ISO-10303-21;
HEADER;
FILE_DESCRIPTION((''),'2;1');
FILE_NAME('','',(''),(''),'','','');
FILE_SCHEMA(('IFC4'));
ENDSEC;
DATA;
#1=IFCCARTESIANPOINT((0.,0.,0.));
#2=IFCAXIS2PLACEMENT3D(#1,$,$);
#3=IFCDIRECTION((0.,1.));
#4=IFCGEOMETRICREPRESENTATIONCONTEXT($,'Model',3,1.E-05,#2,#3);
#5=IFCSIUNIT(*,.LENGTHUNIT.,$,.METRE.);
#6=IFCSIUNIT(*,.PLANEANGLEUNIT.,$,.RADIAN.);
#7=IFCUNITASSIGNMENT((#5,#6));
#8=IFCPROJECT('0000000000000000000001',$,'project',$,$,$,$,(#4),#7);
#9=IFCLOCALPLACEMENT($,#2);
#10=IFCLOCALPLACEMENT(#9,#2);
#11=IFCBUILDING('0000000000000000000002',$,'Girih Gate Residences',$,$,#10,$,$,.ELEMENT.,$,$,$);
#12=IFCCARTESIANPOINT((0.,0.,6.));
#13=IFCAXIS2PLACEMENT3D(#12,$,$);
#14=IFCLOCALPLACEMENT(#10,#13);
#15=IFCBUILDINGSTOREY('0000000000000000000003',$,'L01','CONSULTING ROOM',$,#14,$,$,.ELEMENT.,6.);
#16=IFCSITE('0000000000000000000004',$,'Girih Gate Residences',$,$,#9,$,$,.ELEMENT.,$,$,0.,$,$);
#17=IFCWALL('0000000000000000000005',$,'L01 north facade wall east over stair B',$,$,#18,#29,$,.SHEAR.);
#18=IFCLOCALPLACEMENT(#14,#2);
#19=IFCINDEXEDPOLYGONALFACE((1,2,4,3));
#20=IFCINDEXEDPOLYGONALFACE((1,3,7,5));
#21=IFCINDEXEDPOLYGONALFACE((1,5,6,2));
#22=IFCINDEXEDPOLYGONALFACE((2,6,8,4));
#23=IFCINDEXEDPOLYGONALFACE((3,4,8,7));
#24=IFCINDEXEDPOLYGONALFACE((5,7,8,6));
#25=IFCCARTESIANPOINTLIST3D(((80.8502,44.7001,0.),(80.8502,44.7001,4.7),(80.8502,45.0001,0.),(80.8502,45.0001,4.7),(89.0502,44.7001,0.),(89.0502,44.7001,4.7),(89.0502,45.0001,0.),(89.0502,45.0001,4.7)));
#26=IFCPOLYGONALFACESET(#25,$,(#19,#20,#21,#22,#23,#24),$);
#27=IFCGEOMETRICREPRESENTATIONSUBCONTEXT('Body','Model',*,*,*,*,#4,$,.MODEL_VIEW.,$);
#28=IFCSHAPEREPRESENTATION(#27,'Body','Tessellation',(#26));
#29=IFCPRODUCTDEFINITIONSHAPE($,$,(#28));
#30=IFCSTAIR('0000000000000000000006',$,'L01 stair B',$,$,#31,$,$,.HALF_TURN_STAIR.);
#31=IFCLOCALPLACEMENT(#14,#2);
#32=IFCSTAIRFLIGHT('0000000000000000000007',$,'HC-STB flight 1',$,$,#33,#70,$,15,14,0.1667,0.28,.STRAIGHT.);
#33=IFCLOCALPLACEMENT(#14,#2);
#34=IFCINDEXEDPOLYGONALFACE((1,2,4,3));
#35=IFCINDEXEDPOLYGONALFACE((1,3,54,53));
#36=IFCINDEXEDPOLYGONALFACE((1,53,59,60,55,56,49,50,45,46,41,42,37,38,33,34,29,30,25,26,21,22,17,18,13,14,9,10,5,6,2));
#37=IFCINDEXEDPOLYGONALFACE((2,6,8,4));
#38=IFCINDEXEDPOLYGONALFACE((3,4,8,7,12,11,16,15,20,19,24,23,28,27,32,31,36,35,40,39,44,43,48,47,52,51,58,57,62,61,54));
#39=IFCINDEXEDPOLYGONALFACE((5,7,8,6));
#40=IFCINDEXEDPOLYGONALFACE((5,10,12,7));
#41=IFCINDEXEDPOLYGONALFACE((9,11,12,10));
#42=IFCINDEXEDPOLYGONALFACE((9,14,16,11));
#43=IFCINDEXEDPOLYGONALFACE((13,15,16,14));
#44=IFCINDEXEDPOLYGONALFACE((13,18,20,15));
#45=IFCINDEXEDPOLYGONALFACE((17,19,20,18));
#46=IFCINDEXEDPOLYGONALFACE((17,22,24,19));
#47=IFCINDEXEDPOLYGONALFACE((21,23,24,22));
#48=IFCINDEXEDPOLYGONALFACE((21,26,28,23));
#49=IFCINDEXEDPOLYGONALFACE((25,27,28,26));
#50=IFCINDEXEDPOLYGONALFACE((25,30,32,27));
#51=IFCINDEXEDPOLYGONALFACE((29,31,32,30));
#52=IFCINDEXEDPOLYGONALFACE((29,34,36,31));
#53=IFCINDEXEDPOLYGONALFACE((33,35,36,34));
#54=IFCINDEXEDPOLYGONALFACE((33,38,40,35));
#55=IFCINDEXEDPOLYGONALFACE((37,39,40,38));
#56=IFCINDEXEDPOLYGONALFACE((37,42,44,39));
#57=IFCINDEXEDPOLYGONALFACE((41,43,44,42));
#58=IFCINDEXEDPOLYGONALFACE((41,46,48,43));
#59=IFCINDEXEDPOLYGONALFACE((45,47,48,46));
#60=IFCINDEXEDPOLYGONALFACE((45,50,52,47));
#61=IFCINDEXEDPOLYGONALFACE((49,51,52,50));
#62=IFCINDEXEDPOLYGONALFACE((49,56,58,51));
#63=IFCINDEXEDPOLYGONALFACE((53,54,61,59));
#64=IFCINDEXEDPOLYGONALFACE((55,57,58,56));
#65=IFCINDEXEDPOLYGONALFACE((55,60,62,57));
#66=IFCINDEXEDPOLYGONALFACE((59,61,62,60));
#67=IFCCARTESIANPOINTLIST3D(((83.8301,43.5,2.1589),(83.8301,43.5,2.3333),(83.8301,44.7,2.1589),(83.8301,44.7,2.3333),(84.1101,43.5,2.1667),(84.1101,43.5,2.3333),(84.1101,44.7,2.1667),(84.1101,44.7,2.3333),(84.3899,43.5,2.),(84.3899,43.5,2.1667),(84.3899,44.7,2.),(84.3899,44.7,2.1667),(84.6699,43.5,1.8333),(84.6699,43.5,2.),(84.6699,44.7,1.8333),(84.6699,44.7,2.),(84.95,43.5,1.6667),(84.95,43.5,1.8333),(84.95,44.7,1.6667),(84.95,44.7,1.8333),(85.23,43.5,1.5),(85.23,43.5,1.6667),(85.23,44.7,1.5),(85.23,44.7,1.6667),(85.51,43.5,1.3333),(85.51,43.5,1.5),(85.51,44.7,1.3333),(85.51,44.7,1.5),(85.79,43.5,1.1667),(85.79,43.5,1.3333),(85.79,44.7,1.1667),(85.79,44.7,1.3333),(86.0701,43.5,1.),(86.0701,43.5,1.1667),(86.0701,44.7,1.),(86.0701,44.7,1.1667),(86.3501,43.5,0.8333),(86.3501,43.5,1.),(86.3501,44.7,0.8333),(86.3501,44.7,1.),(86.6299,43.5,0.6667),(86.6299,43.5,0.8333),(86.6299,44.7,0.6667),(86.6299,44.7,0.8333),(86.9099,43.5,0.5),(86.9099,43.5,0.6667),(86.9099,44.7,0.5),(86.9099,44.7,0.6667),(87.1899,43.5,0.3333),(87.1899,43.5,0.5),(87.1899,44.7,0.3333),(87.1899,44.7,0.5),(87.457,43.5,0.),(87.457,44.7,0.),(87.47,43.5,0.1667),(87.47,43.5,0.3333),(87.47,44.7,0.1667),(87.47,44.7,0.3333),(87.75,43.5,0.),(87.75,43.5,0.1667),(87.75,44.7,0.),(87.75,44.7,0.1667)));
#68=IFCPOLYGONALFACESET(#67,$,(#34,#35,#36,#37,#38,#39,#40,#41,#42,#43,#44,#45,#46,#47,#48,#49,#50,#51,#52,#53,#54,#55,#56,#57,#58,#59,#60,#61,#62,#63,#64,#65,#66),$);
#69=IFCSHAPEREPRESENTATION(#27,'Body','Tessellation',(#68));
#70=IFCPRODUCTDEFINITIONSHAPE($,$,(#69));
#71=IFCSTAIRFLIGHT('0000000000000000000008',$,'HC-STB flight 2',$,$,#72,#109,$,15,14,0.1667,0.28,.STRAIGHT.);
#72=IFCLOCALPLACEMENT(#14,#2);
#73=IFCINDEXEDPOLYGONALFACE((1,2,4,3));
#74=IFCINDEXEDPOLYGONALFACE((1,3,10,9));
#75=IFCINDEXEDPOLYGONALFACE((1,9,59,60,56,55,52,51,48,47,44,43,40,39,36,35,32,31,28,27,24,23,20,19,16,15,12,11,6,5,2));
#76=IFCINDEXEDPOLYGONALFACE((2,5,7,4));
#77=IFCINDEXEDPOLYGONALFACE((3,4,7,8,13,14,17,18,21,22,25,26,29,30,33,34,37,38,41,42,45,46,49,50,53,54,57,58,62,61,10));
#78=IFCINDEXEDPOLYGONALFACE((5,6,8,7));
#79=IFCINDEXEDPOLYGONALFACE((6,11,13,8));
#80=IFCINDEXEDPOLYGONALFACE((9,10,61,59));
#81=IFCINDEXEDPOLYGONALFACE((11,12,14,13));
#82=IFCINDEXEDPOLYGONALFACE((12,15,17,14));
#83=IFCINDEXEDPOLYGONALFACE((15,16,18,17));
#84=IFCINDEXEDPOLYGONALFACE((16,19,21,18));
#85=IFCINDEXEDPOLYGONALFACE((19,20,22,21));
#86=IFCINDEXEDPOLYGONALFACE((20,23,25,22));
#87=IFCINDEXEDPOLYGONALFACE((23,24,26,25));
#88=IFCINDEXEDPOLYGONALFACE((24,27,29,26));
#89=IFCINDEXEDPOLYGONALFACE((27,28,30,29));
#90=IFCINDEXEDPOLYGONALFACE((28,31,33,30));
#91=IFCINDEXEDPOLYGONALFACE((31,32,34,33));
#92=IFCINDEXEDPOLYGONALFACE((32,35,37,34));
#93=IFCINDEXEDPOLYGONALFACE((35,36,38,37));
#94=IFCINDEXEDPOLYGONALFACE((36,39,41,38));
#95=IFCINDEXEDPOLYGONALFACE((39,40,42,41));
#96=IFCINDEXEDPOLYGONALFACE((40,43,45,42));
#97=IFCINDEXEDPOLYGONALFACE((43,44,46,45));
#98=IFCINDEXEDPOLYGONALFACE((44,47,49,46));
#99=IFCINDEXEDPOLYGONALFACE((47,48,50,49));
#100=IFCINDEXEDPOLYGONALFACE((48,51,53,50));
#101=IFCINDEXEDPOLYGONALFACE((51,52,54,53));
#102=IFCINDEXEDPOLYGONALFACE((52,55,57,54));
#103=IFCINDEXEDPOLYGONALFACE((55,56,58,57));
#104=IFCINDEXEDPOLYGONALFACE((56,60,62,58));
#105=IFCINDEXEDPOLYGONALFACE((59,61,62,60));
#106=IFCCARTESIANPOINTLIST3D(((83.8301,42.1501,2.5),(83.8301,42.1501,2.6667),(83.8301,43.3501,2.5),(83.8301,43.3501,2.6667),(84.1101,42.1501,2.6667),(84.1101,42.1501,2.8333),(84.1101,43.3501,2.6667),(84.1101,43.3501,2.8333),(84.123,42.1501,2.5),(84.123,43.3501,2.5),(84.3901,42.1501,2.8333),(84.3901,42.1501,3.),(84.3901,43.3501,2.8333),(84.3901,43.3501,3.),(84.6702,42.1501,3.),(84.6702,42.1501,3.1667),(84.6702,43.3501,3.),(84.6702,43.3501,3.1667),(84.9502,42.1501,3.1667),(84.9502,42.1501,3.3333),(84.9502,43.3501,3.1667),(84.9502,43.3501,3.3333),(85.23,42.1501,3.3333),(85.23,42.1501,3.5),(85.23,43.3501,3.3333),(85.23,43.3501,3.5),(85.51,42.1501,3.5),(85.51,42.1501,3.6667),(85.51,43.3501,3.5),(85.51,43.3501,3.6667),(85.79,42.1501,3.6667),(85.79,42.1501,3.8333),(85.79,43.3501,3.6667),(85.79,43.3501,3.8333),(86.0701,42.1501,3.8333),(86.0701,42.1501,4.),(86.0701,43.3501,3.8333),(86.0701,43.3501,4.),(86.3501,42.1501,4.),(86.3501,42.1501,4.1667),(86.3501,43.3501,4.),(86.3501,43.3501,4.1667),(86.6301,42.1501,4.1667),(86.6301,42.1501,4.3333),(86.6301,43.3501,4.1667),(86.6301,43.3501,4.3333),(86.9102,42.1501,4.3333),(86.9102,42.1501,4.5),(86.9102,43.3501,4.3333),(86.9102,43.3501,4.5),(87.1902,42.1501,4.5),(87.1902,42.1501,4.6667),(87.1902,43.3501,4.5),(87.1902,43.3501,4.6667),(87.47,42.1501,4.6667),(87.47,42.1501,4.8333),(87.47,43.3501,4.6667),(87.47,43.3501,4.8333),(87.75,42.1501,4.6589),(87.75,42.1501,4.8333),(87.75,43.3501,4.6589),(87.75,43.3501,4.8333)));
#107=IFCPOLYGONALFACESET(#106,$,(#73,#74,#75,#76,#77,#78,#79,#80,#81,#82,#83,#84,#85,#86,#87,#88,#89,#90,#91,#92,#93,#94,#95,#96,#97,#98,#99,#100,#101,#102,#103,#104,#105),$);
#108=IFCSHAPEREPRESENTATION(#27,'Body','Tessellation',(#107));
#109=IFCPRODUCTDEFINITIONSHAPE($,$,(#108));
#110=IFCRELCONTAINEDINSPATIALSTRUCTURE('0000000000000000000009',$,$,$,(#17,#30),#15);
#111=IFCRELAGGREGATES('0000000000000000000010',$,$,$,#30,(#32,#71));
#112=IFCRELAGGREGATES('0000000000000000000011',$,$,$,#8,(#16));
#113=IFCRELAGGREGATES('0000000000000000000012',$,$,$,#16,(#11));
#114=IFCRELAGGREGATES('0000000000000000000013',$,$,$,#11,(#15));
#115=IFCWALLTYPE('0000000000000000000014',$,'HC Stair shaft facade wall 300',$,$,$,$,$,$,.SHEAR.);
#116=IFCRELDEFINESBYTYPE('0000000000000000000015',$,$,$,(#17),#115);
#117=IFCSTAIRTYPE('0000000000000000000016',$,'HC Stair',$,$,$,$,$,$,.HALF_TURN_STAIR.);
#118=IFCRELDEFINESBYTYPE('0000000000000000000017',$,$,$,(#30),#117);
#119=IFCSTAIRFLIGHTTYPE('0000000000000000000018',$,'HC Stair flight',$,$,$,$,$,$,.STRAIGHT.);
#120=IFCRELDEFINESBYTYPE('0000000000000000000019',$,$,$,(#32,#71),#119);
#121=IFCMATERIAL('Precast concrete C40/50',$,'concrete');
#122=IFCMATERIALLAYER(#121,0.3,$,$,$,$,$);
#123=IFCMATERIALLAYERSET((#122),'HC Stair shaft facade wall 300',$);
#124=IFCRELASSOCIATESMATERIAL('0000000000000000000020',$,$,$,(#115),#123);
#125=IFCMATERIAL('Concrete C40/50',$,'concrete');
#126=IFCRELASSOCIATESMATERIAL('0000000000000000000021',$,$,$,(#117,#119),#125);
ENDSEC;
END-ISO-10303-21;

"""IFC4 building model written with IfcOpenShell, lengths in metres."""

from ifc_helpers import new_model, si_unit, direction, frame, frame_2d, origin, place, context, subcontext, project, spatial, polyline, rectangle, outline, extrude, material, layer, layer_set, type_object, element, aggregate, save


model = new_model("IFC4")

# Units and contexts
model_context = context("Model", 3, precision=1e-05, world=origin(), true_north=direction((0.0, 1.0)))
body_context = subcontext(model_context, "Body", "Model", "MODEL_VIEW")
ifc_project = project(units=[si_unit("LENGTHUNIT", "METRE"), si_unit("PLANEANGLEUNIT", "RADIAN")], contexts=[model_context])

# Site, building, storey
site_placement = place(None, origin())
site = spatial("IfcSite", under=ifc_project, at=site_placement, Name="Girih Gate Residences", CompositionType="ELEMENT", RefElevation=0.0)
building_placement = place(site_placement, origin())
building = spatial("IfcBuilding", under=site, at=building_placement, Name="Girih Gate Residences", CompositionType="ELEMENT")
storey_placement = place(building_placement, frame((0.0, 0.0, 6.0)))
storey = spatial("IfcBuildingStorey", under=building, at=storey_placement, Name="L01", Description="CONSULTING ROOM", CompositionType="ELEMENT", Elevation=6.0)

# Wall
ifc_material_1 = material(Name="Precast concrete C40/50", Category="concrete")
ifc_material_2 = material(Name="Concrete C40/50", Category="concrete")
ifc_layer_1 = layer(ifc_material_1, 0.3)
ifc_layer_set_1 = layer_set([ifc_layer_1], Name="HC Stair shaft facade wall 300")
wall_type_1 = type_object("IfcWallType", Name="HC Stair shaft facade wall 300", PredefinedType="SHEAR", material=ifc_layer_set_1)
wall_1_placement = place(storey_placement, frame((80.8501, 44.8501, 0.0), z_axis=(0.0, 0.0, 1.0), x_axis=(1.0, 0.0, 0.0)))
element("IfcWall", 1, at=wall_1_placement, inside=storey, type_object=wall_type_1, Name="L01 north facade wall east over stair B", PredefinedType="SHEAR", context=body_context, shape_type="SweptSolid", body=[
    extrude(rectangle(XDim=8.2, YDim=0.3, at=frame_2d((4.1001, 0.0))), origin(), (0.0, 0.0, 1.0), 4.7),
])

# Stair, stair flights
stair_type = type_object("IfcStairType", Name="HC Stair", PredefinedType="HALF_TURN_STAIR", material=ifc_material_2)
stair_placement = place(storey_placement, origin())
stair = element("IfcStair", 2, at=stair_placement, inside=storey, type_object=stair_type, Name="L01 stair B", PredefinedType="HALF_TURN_STAIR")
stair_flight_type = type_object("IfcStairFlightType", Name="HC Stair flight", PredefinedType="STRAIGHT", material=ifc_material_2)
stair_flight_1_placement = place(storey_placement, frame((87.75, 44.1001, 0.0), z_axis=(0.0, 0.0, 1.0), x_axis=(-1.0, 0.0, 0.0)))
stair_flight_1 = element("IfcStairFlight", 3, at=stair_flight_1_placement, type_object=stair_flight_type, Name="HC-STB flight 1", NumberOfRisers=15, NumberOfTreads=14, PredefinedType="STRAIGHT", RiserHeight=0.1667, TreadLength=0.28, context=body_context, shape_type="SweptSolid", body=[
    extrude(outline(polyline([(0.0, 0.0), (0.0, 0.1667), (0.28, 0.1667), (0.28, 0.3333), (0.5601, 0.3333), (0.5601, 0.5), (0.8401, 0.5), (0.8401, 0.6667), (1.1201, 0.6667), (1.1201, 0.8333), (1.3999, 0.8333), (1.3999, 1.0), (1.6799, 1.0), (1.6799, 1.1667), (1.96, 1.1667), (1.96, 1.3333), (2.24, 1.3333), (2.24, 1.5), (2.52, 1.5), (2.52, 1.6667), (2.8, 1.6667), (2.8, 1.8333), (3.0801, 1.8333), (3.0801, 2.0), (3.3601, 2.0), (3.3601, 2.1667), (3.6399, 2.1667), (3.6399, 2.3333), (3.9199, 2.3333), (3.9199, 2.5), (3.9199, 2.1589), (0.293, 0.0), (0.0, 0.0)])), frame((0.0, 0.6001, 0.0), z_axis=(0.0, -1.0, 0.0), x_axis=(1.0, 0.0, 0.0)), (0.0, 0.0, 1.0), 1.2),
])
stair_flight_2_placement = place(storey_placement, frame((83.8301, 42.75, 2.5), z_axis=(0.0, 0.0, 1.0), x_axis=(1.0, 0.0, 0.0)))
stair_flight_2 = element("IfcStairFlight", 4, at=stair_flight_2_placement, type_object=stair_flight_type, Name="HC-STB flight 2", NumberOfRisers=15, NumberOfTreads=14, PredefinedType="STRAIGHT", RiserHeight=0.1667, TreadLength=0.28, context=body_context, shape_type="SweptSolid", body=[
    extrude(outline(polyline([(0.0, 0.0), (0.0, 0.1667), (0.28, 0.1667), (0.28, 0.3333), (0.5601, 0.3333), (0.5601, 0.5), (0.8401, 0.5), (0.8401, 0.6667), (1.1201, 0.6667), (1.1201, 0.8333), (1.3999, 0.8333), (1.3999, 1.0), (1.6799, 1.0), (1.6799, 1.1667), (1.96, 1.1667), (1.96, 1.3333), (2.24, 1.3333), (2.24, 1.5), (2.52, 1.5), (2.52, 1.6667), (2.8, 1.6667), (2.8, 1.8333), (3.0801, 1.8333), (3.0801, 2.0), (3.3601, 2.0), (3.3601, 2.1667), (3.6399, 2.1667), (3.6399, 2.3333), (3.9199, 2.3333), (3.9199, 2.5), (3.9199, 2.1589), (0.293, 0.0), (0.0, 0.0)])), frame((0.0, 0.6001, 0.0), z_axis=(0.0, -1.0, 0.0), x_axis=(1.0, 0.0, 0.0)), (0.0, 0.0, 1.0), 1.2),
])
aggregate(stair, [stair_flight_1, stair_flight_2])

save(model, "model.ifc")
